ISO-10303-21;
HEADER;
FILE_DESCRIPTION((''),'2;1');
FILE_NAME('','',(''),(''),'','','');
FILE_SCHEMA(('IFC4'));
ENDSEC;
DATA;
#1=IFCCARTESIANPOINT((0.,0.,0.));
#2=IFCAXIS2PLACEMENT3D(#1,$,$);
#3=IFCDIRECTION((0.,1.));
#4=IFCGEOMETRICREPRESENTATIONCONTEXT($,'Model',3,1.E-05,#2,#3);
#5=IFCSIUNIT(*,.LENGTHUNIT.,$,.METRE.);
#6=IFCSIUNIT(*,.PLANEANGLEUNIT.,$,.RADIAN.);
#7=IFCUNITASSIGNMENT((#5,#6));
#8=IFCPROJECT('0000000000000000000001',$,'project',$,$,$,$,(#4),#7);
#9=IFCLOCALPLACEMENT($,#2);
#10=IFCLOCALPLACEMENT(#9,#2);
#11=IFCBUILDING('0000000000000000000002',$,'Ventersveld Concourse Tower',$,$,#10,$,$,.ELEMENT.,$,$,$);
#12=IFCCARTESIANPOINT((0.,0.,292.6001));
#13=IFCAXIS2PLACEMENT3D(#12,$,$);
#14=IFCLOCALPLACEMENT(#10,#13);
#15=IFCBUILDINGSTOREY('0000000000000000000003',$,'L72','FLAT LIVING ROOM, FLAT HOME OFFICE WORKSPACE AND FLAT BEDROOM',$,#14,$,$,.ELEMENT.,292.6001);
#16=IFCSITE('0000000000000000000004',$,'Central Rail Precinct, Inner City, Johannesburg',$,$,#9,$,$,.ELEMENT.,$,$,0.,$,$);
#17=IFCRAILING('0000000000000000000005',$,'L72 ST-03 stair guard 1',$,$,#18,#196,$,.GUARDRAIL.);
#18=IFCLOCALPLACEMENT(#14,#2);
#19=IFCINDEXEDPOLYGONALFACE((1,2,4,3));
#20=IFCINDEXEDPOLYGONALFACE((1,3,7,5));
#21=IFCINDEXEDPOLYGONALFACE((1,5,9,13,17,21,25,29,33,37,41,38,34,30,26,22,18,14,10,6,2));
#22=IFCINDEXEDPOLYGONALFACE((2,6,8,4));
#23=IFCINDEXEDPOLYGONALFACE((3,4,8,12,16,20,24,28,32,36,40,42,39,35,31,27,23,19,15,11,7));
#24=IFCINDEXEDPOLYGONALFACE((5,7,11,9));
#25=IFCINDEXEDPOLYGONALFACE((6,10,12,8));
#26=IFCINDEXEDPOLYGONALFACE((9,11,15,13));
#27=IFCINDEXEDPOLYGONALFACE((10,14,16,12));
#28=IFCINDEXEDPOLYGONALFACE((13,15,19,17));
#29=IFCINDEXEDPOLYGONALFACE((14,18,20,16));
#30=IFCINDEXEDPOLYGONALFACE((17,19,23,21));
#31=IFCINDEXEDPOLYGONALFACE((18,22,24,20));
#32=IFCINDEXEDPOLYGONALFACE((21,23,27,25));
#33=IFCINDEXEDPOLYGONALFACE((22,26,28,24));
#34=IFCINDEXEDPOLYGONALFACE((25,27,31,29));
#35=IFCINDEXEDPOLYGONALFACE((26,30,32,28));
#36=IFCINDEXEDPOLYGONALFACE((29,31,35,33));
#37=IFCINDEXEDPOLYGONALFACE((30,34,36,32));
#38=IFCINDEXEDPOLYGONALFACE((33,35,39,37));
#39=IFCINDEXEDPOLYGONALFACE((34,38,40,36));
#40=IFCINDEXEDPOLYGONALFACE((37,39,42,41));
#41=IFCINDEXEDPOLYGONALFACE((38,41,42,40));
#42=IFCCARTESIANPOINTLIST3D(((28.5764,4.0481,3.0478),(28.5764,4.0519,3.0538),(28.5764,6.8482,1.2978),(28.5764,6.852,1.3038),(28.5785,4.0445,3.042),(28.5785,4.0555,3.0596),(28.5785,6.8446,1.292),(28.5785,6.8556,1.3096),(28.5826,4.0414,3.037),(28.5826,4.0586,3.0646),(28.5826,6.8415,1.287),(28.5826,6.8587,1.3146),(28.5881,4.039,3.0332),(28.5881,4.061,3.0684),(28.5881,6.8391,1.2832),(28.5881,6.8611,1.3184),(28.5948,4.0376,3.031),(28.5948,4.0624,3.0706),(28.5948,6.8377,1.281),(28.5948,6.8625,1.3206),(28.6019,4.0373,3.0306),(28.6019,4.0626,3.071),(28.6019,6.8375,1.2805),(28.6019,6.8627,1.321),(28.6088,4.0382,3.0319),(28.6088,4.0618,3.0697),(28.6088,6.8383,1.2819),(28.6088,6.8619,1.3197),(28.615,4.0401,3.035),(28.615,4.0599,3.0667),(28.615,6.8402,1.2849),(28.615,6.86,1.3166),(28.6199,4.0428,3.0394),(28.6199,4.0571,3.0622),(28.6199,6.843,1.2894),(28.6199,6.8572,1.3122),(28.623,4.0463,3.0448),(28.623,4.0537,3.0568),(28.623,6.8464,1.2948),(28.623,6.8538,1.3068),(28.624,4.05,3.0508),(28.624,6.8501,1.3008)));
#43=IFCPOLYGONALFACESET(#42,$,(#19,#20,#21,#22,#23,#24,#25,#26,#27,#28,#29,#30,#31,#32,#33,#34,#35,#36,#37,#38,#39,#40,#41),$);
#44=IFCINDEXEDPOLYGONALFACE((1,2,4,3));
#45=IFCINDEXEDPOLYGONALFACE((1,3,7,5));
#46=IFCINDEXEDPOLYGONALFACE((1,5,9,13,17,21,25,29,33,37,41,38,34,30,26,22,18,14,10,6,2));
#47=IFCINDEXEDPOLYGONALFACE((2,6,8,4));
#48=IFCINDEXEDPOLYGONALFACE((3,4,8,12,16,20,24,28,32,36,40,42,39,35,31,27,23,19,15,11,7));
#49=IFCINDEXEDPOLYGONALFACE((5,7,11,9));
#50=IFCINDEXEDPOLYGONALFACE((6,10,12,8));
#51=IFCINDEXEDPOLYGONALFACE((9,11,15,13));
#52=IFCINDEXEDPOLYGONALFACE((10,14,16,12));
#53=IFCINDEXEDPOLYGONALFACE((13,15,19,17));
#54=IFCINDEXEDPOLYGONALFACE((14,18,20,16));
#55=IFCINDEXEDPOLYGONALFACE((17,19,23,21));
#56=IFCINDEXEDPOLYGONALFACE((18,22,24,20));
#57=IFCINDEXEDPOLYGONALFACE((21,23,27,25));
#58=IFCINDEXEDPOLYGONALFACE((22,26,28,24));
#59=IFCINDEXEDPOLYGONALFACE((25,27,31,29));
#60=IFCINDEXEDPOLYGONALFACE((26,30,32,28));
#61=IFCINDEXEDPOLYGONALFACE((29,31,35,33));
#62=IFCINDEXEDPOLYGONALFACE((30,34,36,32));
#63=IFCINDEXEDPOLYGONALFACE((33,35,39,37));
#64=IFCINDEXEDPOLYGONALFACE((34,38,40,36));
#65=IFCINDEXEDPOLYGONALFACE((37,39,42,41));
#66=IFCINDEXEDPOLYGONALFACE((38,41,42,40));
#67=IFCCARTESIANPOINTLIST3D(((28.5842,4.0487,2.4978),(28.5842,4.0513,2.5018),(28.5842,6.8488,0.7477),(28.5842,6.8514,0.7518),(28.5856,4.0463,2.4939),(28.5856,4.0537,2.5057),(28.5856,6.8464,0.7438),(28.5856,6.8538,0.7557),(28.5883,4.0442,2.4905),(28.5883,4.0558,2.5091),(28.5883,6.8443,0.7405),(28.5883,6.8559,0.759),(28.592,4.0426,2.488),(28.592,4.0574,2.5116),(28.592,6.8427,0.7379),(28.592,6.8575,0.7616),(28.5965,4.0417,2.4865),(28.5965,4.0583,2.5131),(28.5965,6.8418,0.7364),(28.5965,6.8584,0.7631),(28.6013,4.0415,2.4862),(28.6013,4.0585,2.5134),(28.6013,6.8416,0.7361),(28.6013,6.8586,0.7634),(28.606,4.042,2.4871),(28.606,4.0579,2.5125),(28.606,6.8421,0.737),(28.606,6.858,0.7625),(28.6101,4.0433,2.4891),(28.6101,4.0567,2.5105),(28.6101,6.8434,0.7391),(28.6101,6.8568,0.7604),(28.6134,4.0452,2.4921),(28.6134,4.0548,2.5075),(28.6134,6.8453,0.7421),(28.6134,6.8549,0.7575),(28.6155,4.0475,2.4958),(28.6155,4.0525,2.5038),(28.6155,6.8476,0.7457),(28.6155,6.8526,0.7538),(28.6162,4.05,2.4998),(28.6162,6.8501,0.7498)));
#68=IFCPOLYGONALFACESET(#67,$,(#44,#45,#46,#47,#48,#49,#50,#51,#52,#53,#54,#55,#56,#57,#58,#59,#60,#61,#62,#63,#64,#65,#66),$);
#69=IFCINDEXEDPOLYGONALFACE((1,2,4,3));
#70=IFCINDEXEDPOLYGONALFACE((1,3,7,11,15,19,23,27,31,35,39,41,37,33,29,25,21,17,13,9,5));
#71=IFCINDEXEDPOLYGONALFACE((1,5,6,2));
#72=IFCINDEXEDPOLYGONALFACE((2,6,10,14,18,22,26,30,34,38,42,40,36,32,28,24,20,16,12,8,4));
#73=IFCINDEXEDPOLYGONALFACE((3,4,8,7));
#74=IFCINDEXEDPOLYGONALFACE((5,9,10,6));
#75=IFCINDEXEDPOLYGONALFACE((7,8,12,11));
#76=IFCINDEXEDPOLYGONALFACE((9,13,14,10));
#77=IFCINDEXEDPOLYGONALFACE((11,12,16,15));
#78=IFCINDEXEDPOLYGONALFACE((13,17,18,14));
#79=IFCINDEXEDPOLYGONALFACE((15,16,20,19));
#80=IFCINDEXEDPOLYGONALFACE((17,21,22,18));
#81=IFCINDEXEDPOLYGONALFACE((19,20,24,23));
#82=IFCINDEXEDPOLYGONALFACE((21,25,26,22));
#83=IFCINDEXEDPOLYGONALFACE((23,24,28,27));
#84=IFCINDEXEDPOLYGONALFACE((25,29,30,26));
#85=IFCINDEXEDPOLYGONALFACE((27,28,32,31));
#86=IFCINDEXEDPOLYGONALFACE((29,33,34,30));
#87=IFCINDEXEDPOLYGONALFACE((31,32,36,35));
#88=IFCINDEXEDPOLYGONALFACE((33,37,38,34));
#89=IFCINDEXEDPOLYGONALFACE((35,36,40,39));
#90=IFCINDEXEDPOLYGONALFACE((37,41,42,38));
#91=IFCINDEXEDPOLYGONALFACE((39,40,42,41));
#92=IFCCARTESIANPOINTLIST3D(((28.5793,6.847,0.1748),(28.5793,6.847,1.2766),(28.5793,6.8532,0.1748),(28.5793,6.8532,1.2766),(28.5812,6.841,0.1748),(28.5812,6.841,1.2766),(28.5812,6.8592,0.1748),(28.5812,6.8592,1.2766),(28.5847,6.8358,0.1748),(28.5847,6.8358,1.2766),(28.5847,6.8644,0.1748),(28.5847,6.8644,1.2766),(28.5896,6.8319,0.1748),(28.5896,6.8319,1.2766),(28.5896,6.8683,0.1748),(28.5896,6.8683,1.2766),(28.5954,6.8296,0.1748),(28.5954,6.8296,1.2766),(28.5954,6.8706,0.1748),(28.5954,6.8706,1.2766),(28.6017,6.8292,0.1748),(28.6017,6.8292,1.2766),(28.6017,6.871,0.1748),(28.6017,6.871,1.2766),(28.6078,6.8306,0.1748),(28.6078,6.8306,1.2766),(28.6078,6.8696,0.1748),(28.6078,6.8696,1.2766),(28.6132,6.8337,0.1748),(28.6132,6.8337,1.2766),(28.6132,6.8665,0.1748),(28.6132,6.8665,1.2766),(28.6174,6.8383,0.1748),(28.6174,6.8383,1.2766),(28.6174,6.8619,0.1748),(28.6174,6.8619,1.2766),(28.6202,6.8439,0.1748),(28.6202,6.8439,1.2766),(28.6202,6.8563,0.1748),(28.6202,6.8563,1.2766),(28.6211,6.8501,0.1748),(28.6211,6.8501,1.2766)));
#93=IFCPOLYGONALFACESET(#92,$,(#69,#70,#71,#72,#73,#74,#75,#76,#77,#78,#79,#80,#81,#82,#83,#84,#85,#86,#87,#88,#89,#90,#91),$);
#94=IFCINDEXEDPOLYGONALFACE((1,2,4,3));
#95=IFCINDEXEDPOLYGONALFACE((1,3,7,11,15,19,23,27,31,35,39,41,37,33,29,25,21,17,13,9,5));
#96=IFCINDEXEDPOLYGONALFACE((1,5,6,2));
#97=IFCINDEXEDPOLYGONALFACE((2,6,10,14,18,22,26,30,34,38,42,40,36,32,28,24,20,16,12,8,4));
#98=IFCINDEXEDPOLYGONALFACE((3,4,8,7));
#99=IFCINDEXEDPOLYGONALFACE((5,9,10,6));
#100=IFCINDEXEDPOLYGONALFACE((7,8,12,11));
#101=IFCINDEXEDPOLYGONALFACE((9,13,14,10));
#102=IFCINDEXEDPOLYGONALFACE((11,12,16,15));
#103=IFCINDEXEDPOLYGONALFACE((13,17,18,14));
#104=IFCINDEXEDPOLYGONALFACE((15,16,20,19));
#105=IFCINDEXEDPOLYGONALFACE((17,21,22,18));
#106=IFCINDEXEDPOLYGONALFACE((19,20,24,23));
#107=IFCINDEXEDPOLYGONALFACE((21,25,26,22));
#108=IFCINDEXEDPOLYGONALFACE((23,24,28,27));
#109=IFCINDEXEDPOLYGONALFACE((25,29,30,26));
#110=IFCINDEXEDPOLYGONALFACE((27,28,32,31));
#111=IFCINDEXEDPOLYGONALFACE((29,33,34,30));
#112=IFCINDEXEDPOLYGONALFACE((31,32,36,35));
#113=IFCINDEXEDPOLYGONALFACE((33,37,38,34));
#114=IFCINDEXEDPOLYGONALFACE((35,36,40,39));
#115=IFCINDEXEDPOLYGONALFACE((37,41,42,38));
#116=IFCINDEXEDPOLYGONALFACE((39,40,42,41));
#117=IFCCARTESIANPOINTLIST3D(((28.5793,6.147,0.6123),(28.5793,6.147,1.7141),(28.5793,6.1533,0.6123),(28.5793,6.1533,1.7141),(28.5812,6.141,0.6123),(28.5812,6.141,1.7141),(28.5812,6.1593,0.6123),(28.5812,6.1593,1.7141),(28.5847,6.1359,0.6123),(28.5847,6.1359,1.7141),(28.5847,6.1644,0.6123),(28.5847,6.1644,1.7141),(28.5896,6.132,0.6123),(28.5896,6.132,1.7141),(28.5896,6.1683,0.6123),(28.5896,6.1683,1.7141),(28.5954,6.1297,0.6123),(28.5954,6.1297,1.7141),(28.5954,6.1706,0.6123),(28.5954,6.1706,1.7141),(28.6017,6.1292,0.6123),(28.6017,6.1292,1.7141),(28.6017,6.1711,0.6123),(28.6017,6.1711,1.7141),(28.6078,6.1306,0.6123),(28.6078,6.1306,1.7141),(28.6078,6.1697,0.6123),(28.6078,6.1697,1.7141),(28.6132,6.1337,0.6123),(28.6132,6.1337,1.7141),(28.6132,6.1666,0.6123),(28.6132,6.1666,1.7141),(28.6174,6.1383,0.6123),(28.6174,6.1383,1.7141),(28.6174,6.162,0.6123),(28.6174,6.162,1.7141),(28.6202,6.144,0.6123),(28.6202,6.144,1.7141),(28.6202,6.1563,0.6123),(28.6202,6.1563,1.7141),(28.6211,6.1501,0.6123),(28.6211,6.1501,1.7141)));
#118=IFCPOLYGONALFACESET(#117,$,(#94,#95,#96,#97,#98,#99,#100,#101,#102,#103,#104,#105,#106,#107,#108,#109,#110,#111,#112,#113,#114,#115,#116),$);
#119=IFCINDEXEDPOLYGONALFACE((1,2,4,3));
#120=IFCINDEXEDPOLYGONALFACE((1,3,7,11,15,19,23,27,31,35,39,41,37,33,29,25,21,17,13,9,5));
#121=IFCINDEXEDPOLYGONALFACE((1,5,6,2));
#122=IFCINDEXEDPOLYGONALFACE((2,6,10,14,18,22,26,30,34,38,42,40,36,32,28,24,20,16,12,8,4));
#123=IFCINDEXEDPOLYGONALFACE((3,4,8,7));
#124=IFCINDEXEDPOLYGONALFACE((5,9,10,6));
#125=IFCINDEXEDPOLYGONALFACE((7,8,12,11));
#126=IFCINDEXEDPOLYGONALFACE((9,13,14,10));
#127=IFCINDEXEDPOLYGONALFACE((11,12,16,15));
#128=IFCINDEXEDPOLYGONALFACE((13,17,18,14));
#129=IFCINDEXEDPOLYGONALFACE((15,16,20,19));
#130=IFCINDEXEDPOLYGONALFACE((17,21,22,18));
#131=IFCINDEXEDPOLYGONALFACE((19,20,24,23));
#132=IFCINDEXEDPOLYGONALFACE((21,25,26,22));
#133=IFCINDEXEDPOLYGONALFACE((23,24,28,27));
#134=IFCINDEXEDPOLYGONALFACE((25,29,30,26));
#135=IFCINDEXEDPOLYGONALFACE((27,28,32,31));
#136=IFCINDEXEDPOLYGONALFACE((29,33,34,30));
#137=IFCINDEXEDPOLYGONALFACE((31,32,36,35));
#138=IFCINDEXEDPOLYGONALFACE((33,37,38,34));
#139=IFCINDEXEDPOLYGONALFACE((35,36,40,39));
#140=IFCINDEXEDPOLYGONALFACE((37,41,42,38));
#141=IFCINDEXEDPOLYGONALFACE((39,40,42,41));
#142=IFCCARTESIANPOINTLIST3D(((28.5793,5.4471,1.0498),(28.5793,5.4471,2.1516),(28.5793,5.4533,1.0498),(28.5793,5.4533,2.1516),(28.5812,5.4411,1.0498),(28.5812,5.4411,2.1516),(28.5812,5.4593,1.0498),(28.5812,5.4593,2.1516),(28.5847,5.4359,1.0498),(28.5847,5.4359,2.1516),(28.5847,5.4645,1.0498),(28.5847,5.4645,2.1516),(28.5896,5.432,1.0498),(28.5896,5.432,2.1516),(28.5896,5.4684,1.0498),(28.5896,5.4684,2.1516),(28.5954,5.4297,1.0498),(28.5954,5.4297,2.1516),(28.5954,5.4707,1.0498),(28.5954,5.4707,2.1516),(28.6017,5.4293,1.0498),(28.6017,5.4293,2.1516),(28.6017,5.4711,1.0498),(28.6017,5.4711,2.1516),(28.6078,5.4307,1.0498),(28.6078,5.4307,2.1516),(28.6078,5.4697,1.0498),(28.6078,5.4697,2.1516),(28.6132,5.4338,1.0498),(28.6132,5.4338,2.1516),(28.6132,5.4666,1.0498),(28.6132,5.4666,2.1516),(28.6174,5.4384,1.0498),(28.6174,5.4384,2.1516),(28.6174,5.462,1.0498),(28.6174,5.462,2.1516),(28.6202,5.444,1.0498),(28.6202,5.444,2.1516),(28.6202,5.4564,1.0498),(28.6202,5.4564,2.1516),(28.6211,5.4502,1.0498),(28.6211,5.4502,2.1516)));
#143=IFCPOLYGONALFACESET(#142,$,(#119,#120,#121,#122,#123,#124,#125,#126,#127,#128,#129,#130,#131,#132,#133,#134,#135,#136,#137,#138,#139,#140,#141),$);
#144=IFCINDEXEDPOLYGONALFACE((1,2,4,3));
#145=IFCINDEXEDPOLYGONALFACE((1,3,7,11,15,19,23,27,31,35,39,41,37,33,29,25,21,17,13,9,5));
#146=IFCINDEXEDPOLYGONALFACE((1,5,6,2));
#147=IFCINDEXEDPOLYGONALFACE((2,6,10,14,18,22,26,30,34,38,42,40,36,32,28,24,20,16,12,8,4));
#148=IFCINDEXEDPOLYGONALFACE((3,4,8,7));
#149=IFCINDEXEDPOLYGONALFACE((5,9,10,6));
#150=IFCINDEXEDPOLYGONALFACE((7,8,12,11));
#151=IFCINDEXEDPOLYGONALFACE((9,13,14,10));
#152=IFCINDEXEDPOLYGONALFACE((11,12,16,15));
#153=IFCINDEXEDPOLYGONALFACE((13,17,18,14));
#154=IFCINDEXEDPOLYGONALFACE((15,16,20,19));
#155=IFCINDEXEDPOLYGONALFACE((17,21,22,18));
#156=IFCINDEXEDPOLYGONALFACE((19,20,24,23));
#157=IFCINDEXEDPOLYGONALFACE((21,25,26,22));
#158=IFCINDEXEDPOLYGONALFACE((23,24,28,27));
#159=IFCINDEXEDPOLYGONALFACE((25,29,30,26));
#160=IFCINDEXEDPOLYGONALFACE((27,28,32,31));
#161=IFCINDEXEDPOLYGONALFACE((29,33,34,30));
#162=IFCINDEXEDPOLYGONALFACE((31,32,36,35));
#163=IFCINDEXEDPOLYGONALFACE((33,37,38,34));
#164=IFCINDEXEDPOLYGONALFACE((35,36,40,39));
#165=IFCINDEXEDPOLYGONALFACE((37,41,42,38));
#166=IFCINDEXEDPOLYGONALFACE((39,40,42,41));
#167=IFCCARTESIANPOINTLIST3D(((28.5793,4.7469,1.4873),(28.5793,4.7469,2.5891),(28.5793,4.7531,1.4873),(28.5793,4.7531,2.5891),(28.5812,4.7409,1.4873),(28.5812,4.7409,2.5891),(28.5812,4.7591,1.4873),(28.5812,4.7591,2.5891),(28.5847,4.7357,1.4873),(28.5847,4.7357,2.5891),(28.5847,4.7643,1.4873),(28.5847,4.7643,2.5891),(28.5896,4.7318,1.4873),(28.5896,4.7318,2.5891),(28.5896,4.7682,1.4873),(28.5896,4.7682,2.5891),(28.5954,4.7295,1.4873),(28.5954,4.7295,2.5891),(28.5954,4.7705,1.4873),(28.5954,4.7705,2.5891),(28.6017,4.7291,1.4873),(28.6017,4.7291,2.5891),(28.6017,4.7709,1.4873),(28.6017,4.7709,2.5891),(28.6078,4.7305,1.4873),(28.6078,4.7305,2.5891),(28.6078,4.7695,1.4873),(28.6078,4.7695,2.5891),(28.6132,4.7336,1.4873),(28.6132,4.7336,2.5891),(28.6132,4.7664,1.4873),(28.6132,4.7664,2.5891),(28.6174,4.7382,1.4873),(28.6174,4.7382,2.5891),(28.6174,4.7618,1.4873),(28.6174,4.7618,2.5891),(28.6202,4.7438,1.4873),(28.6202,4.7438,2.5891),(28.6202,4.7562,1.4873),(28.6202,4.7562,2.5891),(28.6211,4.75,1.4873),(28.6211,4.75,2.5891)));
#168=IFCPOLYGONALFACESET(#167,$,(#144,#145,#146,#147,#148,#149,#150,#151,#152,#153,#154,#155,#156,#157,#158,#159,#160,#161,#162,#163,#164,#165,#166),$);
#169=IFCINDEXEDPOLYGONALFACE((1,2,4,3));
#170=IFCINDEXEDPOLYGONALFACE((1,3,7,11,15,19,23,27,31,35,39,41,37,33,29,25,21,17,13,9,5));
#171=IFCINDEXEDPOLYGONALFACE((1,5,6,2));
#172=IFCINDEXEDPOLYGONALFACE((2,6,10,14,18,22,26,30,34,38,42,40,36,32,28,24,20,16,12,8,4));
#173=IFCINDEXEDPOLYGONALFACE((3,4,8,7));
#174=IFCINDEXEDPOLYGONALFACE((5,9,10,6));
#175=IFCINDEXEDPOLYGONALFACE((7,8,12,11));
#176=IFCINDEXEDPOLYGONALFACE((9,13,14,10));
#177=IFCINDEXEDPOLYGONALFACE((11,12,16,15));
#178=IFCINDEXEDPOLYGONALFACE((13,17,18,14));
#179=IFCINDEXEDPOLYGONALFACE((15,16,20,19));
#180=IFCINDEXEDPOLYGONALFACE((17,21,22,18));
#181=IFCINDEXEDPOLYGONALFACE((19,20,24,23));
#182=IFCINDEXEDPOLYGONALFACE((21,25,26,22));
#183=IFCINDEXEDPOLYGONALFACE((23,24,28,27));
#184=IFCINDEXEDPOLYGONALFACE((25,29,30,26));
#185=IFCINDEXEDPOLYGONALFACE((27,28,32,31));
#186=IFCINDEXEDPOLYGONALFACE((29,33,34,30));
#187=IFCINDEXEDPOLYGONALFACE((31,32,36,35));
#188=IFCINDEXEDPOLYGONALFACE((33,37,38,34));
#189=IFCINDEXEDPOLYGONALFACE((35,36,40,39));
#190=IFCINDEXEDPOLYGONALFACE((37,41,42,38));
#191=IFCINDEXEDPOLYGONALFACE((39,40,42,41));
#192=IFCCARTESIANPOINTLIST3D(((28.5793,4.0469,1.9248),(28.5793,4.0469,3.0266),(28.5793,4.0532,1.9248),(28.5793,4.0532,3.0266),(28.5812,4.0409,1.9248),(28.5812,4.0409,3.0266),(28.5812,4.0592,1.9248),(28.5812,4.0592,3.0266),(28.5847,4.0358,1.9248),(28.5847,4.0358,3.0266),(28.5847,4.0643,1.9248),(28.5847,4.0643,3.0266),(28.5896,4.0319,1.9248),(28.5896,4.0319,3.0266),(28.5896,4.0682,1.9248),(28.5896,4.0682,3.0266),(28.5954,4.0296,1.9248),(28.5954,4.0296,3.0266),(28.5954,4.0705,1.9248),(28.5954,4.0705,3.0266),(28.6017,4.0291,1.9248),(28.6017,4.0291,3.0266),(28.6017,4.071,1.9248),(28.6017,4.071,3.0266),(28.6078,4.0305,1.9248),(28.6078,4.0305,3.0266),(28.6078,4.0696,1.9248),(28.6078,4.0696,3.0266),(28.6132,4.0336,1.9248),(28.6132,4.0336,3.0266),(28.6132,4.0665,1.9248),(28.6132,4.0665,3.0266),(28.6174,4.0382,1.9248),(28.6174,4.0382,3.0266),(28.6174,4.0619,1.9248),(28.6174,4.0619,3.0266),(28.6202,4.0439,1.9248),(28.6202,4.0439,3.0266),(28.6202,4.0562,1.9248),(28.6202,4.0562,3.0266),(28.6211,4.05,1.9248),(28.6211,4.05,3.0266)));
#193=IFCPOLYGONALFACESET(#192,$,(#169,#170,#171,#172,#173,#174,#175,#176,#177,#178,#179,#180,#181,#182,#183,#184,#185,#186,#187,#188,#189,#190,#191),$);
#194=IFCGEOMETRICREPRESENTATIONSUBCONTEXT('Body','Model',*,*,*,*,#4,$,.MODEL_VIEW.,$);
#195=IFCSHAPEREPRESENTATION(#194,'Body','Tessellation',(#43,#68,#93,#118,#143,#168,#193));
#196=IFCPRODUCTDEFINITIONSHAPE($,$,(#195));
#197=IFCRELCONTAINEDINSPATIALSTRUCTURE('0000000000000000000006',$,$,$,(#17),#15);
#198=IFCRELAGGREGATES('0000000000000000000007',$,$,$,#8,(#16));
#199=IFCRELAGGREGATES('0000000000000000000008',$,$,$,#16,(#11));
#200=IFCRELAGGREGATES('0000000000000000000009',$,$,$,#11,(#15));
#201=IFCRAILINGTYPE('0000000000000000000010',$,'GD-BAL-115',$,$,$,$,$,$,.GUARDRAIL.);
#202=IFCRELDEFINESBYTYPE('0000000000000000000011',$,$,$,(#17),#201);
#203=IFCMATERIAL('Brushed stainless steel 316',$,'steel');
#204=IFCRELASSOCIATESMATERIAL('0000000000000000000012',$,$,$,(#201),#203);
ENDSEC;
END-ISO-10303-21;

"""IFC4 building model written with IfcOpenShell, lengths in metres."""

from ifc_helpers import new_model, si_unit, direction, frame, origin, origin_2d, place, context, subcontext, project, spatial, circle, extrude, material, type_object, element, save


model = new_model("IFC4")

# Units and contexts
model_context = context("Model", 3, precision=1e-05, world=origin(), true_north=direction((0.0, 1.0)))
body_context = subcontext(model_context, "Body", "Model", "MODEL_VIEW")
ifc_project = project(units=[si_unit("LENGTHUNIT", "METRE"), si_unit("PLANEANGLEUNIT", "RADIAN")], contexts=[model_context])

# Site, building, storey
site_placement = place(None, origin())
site = spatial("IfcSite", under=ifc_project, at=site_placement, Name="Central Rail Precinct, Inner City, Johannesburg", CompositionType="ELEMENT", RefElevation=0.0)
building_placement = place(site_placement, origin())
building = spatial("IfcBuilding", under=site, at=building_placement, Name="Ventersveld Concourse Tower", CompositionType="ELEMENT")
storey_placement = place(building_placement, frame((0.0, 0.0, 292.6001)))
storey = spatial("IfcBuildingStorey", under=building, at=storey_placement, Name="L72", Description="FLAT LIVING ROOM, FLAT HOME OFFICE WORKSPACE AND FLAT BEDROOM", CompositionType="ELEMENT", Elevation=292.6001)

# Shared definitions
ifc_material_1 = material(Name="Brushed stainless steel 316", Category="steel")

# Railing
railing_type_1 = type_object("IfcRailingType", Name="GD-BAL-115", PredefinedType="GUARDRAIL", material=ifc_material_1)
railing_1_placement = place(storey_placement, frame((28.6001, 6.8501, 0.1748)))
element("IfcRailing", 1, at=railing_1_placement, inside=storey, type_object=railing_type_1, Name="L72 ST-03 stair guard 1", PredefinedType="GUARDRAIL", context=body_context, shape_type="SweptSolid", body=[
    extrude(circle(Radius=0.0239, at=origin_2d()), frame((0.0, 0.0, 1.126), z_axis=(0.0, -0.848002, 0.529992), x_axis=(1.0, 0.0, 0.0)), (0.0, 0.0, 1.0), 3.302),
    extrude(circle(Radius=0.0161, at=origin_2d()), frame((0.0, 0.0, 0.575), z_axis=(0.0, -0.848002, 0.529992), x_axis=(1.0, 0.0, 0.0)), (0.0, 0.0, 1.0), 3.302),
    extrude(circle(Radius=0.021, at=origin_2d()), origin(), (0.0, 0.0, 1.0), 1.1018),
    extrude(circle(Radius=0.021, at=origin_2d()), frame((0.0, -0.7, 0.4375)), (0.0, 0.0, 1.0), 1.1018),
    extrude(circle(Radius=0.021, at=origin_2d()), frame((0.0, -1.3999, 0.875)), (0.0, 0.0, 1.0), 1.1018),
    extrude(circle(Radius=0.021, at=origin_2d()), frame((0.0, -2.1001, 1.3125)), (0.0, 0.0, 1.0), 1.1018),
    extrude(circle(Radius=0.021, at=origin_2d()), frame((0.0, -2.8, 1.75)), (0.0, 0.0, 1.0), 1.1018),
])

save(model, "model.ifc")
